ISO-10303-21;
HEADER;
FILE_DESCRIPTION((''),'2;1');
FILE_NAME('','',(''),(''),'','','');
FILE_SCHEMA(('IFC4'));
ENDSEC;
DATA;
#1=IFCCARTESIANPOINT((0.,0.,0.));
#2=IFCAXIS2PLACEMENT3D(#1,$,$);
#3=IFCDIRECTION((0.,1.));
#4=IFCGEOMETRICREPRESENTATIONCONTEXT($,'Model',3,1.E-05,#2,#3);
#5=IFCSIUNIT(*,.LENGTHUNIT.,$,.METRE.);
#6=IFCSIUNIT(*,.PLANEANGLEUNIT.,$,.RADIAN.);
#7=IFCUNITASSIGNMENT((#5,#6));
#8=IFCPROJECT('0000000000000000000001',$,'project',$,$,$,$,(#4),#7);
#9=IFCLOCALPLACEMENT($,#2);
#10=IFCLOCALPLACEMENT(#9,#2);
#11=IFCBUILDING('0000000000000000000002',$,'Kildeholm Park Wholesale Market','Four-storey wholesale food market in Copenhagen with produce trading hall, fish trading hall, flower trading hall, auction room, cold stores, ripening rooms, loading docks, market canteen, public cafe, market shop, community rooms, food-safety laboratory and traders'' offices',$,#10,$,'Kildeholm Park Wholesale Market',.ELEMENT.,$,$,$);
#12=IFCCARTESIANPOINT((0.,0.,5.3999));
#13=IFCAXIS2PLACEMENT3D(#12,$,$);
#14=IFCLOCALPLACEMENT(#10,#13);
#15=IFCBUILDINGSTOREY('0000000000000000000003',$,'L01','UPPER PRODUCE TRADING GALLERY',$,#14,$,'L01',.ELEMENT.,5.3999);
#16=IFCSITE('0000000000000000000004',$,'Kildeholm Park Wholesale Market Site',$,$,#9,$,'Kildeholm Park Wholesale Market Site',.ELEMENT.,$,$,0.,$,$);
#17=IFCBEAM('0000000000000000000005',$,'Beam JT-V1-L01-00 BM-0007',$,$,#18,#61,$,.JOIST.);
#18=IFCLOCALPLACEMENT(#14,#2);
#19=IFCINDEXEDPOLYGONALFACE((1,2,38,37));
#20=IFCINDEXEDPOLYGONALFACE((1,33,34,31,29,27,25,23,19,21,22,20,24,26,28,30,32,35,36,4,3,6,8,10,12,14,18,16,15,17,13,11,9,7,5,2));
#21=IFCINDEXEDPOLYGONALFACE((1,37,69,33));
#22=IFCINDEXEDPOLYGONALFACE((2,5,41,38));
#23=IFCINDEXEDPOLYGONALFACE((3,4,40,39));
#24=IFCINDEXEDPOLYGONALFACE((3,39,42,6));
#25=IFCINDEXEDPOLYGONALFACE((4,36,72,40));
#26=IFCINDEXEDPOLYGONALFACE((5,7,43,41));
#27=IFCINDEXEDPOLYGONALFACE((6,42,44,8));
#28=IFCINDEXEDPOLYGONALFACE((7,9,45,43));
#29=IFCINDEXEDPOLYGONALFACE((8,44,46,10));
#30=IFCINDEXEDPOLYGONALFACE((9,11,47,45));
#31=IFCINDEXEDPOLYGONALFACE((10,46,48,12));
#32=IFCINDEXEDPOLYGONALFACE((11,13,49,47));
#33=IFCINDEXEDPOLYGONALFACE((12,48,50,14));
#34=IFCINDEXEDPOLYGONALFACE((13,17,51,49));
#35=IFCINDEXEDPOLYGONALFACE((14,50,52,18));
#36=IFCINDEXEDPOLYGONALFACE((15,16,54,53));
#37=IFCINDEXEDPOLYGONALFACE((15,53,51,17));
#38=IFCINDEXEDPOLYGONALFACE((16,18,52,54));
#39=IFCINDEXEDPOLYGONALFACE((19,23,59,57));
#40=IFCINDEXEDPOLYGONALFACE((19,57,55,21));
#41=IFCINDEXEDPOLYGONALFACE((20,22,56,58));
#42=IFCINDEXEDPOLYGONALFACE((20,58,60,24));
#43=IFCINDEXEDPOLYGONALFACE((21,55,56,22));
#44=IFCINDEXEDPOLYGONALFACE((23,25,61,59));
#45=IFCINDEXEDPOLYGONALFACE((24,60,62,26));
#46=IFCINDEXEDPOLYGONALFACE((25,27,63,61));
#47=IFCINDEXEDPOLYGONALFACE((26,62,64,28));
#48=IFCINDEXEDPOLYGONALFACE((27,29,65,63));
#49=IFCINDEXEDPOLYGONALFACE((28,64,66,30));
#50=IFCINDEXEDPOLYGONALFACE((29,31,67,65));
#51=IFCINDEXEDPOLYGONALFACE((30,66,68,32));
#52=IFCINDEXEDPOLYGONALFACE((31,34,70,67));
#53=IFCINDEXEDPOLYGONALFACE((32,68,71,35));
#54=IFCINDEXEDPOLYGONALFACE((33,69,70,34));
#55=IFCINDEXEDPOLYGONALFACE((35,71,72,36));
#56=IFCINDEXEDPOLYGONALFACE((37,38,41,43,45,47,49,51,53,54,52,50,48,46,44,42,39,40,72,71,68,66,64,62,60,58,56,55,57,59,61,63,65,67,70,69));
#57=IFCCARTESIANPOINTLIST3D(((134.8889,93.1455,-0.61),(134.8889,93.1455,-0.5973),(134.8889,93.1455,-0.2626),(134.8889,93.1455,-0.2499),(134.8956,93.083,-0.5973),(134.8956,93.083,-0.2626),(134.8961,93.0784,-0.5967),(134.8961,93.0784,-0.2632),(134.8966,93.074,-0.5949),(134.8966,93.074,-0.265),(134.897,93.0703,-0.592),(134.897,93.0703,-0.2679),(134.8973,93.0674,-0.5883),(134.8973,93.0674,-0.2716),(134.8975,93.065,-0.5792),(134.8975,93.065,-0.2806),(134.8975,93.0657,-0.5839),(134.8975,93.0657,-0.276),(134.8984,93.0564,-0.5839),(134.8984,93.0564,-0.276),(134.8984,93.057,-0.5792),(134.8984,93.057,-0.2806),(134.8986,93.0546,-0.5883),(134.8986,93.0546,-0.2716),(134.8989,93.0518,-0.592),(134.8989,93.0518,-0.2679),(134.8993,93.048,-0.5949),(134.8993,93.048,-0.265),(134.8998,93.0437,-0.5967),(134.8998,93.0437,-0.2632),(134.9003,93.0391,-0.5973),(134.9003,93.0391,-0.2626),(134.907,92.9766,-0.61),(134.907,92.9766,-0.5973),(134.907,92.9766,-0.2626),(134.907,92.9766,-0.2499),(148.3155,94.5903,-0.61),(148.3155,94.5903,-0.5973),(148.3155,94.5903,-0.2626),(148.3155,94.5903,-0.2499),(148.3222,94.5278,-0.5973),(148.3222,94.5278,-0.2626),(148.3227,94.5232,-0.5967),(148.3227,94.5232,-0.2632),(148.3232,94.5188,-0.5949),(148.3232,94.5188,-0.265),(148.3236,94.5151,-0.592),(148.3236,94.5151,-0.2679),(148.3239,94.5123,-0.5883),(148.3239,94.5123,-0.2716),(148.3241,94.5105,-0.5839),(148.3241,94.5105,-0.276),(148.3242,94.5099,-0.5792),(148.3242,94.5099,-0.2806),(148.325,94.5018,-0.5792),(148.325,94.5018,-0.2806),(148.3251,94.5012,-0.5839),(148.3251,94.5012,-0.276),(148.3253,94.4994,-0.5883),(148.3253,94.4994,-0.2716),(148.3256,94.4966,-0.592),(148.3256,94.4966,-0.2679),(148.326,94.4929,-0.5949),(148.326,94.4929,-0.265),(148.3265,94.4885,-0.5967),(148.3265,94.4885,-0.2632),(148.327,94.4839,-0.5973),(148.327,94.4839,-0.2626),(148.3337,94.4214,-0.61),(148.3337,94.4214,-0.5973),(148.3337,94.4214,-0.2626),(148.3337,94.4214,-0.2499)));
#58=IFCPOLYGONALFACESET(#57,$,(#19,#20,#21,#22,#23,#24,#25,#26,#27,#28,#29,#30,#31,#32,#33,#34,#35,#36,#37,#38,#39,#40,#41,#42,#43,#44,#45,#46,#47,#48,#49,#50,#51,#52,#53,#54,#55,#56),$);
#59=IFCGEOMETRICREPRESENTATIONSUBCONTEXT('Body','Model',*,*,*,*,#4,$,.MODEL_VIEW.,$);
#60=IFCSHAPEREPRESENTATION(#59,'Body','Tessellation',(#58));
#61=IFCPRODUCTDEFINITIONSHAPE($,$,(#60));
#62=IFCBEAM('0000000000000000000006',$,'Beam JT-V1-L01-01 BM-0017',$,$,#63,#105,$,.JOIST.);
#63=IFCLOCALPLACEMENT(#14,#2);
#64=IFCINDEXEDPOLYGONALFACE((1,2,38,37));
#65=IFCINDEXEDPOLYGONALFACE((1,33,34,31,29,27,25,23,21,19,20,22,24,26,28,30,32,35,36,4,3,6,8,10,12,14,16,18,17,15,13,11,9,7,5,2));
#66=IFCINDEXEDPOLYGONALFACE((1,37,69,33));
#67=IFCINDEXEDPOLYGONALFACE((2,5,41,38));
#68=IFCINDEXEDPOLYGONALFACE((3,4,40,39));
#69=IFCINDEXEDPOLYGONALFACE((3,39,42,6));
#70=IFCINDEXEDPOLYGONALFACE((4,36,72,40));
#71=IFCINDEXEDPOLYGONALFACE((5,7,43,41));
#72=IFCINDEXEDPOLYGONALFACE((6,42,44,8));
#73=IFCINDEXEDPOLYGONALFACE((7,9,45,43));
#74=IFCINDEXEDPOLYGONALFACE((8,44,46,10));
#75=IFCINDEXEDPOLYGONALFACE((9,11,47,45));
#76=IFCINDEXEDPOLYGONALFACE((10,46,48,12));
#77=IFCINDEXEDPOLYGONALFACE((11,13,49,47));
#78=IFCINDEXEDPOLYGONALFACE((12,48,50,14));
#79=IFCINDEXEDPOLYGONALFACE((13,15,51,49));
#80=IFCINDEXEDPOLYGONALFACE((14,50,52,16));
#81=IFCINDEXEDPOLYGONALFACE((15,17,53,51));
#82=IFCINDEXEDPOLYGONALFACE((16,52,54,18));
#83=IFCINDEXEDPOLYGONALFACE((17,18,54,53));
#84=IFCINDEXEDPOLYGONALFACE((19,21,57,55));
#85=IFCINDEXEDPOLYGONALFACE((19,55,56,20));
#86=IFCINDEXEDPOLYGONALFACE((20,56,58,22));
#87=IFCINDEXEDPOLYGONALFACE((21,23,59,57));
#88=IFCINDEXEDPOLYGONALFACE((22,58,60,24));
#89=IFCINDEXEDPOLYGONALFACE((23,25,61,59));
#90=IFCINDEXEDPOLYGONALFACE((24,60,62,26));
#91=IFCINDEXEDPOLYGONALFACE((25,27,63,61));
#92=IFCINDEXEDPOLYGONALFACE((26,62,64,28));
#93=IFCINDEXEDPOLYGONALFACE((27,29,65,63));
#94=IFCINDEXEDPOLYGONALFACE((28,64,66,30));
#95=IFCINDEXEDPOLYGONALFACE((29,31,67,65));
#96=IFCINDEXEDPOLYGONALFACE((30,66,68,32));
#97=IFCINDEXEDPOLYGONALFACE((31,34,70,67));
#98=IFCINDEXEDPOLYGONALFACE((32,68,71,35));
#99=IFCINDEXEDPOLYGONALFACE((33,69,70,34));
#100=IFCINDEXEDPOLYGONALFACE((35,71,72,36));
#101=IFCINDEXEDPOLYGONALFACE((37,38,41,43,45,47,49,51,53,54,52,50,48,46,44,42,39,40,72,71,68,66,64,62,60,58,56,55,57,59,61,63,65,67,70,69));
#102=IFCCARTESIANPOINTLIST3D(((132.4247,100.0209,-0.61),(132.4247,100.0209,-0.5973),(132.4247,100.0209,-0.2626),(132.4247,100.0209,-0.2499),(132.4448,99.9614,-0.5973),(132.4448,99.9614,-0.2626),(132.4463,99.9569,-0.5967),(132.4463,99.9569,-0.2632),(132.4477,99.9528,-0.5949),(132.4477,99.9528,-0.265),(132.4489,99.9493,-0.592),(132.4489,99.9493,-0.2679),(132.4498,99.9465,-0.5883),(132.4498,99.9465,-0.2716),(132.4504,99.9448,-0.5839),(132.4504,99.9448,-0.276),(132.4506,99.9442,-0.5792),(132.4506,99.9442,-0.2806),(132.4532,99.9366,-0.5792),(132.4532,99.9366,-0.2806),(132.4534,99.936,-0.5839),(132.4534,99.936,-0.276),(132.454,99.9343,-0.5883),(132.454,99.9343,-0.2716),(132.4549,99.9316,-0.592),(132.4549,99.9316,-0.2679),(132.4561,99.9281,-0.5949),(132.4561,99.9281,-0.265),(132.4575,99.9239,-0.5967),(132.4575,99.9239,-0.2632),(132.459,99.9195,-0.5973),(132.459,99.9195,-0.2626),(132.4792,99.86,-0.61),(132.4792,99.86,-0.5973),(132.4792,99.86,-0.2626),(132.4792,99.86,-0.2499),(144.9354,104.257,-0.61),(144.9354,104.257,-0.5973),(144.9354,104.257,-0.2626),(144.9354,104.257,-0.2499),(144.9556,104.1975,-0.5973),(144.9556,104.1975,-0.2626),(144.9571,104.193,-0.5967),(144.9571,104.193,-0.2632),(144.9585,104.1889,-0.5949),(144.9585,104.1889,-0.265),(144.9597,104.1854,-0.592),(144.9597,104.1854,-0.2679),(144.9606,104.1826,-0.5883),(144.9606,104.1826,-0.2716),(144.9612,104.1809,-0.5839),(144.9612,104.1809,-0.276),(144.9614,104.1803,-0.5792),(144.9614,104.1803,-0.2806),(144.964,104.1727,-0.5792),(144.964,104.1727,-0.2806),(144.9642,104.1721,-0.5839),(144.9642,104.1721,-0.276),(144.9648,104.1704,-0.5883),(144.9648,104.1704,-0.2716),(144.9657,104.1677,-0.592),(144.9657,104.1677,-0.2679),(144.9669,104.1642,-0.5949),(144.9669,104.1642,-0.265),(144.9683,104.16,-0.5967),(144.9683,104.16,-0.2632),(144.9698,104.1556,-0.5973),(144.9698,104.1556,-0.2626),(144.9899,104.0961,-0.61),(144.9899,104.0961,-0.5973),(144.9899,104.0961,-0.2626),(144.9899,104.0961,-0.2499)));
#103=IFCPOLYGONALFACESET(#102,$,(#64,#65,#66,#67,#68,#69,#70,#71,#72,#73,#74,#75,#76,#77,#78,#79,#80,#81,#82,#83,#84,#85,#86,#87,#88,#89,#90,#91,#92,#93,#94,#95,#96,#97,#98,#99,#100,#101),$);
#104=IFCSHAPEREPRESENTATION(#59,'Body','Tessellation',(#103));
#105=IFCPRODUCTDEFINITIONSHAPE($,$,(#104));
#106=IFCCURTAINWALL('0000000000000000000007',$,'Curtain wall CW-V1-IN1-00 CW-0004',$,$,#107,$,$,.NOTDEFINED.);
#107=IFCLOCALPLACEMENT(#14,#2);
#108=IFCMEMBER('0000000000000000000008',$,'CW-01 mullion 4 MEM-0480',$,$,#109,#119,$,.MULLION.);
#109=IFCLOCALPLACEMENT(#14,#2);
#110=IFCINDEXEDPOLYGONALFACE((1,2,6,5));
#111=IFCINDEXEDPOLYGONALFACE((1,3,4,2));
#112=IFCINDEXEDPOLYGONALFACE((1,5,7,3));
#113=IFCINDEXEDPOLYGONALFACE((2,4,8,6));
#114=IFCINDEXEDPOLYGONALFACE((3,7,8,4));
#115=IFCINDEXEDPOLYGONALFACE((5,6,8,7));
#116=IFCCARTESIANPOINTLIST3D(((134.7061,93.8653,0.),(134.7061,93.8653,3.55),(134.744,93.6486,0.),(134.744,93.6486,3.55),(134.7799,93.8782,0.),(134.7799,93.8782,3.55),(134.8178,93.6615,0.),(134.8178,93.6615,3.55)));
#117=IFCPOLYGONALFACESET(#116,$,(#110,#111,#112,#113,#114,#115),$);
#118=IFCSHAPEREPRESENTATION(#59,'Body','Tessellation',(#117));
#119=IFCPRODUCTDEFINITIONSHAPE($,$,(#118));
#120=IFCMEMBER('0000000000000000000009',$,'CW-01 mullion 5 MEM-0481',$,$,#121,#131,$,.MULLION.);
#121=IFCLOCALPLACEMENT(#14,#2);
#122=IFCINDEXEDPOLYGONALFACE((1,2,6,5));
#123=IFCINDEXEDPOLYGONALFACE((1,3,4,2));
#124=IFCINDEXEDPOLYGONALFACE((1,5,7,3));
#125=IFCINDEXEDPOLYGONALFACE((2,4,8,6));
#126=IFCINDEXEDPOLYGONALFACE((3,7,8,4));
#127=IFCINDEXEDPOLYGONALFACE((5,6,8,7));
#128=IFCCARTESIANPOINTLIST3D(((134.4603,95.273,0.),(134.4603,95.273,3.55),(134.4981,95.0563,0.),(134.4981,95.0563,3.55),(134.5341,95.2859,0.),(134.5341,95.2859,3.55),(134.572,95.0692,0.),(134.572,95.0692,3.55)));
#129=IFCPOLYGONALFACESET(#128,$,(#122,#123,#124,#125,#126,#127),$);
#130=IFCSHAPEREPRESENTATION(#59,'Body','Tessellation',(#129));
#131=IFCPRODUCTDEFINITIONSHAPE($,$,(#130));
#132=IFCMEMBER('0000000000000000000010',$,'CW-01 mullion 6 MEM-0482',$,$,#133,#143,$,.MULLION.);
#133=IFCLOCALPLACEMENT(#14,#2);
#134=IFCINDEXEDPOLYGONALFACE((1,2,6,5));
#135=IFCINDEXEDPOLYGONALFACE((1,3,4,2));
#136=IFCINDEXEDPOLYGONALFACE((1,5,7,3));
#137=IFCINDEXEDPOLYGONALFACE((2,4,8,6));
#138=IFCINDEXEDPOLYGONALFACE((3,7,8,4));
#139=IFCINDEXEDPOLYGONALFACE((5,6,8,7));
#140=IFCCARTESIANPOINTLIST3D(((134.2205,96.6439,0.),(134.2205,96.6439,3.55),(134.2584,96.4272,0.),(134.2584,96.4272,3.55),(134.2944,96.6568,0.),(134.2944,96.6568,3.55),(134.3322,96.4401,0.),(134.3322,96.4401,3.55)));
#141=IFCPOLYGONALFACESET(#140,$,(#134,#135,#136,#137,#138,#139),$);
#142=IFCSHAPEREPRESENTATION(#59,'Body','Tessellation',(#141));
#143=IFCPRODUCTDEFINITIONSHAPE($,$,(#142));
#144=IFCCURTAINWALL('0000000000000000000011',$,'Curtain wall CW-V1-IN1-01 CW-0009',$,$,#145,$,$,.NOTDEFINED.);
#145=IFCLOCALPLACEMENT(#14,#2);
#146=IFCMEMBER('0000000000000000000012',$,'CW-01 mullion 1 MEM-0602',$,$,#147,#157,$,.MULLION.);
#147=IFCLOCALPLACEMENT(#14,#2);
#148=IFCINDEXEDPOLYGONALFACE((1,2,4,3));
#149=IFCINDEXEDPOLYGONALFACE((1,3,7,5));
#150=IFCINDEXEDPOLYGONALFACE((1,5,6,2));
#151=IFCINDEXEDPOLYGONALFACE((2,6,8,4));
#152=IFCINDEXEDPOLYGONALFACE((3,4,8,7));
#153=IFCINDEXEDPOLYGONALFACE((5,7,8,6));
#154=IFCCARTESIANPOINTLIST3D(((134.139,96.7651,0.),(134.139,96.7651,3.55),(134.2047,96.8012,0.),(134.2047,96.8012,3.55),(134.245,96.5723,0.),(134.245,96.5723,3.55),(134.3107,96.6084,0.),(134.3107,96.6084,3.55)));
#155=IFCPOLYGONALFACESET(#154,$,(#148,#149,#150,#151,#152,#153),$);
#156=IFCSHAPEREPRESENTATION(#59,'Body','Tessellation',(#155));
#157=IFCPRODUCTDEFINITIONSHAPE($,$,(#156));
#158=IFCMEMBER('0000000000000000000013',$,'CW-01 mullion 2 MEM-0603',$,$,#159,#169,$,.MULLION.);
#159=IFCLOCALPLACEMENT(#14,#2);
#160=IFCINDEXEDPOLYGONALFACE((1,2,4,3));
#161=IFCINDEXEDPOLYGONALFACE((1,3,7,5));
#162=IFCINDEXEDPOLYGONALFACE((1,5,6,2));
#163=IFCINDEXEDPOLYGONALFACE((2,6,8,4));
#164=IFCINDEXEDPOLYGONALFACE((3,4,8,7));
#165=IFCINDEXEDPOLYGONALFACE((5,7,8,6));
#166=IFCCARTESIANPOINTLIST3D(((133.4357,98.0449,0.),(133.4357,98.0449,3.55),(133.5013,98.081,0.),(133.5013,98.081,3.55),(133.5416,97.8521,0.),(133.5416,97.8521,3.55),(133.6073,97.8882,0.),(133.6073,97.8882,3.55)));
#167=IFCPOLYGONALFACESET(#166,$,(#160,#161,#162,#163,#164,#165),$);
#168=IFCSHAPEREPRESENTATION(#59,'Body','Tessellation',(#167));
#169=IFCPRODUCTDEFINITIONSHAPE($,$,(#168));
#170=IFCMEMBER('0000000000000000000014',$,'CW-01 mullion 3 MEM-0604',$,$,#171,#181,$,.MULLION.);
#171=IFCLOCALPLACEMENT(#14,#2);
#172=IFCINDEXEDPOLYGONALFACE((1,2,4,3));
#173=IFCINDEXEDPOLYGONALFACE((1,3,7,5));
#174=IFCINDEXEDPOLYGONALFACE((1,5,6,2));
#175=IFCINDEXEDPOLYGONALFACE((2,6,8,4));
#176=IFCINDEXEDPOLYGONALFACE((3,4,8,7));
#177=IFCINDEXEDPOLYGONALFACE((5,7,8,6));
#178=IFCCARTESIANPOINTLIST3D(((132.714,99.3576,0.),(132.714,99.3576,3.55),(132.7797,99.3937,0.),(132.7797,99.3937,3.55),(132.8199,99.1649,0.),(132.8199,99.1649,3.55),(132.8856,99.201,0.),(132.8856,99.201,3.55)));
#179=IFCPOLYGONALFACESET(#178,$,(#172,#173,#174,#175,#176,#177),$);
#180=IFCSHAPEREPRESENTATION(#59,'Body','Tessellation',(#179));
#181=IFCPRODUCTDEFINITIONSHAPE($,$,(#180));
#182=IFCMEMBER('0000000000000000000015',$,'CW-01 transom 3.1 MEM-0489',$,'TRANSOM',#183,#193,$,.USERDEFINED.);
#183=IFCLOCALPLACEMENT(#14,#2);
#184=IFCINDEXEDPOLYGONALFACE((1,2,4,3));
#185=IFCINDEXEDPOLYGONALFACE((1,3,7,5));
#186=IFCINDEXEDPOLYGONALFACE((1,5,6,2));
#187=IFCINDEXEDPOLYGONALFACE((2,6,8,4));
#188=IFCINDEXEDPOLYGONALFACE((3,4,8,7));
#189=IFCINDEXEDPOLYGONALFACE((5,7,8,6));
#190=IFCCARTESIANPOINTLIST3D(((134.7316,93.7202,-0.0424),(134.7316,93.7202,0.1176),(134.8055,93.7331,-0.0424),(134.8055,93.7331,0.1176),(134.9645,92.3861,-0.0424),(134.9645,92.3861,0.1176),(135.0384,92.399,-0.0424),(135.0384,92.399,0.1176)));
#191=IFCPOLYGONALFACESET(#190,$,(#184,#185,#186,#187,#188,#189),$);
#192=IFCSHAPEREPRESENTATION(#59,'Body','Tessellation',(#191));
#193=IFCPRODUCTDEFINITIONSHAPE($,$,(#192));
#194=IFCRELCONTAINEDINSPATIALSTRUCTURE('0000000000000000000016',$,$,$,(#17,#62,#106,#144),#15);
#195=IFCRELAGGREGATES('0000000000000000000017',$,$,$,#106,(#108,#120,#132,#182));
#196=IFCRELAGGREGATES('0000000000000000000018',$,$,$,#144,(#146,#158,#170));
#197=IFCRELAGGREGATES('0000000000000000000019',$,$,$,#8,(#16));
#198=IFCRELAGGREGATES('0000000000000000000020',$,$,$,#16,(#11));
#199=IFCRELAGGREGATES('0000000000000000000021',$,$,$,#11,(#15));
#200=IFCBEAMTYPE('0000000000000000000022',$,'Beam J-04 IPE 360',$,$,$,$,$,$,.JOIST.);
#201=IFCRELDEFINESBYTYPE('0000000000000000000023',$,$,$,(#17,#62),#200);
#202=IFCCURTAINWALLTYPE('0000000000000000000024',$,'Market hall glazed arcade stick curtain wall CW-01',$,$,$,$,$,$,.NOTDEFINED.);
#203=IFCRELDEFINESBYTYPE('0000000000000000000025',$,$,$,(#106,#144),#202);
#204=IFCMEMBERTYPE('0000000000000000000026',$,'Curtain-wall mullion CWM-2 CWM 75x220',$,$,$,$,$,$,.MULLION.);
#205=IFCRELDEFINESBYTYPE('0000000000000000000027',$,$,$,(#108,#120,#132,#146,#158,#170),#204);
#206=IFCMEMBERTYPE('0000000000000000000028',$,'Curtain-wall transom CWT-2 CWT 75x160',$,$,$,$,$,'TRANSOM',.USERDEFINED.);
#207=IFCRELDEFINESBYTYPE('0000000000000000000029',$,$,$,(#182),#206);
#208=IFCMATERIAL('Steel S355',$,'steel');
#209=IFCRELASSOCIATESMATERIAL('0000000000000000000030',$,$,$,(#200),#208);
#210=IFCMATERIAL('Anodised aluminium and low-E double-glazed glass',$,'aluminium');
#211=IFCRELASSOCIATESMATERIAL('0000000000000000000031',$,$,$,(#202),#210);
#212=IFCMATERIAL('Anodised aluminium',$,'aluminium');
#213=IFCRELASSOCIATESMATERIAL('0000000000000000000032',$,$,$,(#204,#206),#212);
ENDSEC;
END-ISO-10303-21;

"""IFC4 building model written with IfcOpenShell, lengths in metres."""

from ifc_helpers import new_model, si_unit, direction, frame, origin, origin_2d, place, context, subcontext, project, spatial, rectangle, i_section, extrude, material, material_profile, profile_set, type_object, element, aggregate, save


model = new_model("IFC4")

# Units and contexts
model_context = context("Model", 3, precision=1e-05, world=origin(), true_north=direction((0.0, 1.0)))
body_context = subcontext(model_context, "Body", "Model", "MODEL_VIEW")
ifc_project = project(units=[si_unit("LENGTHUNIT", "METRE"), si_unit("PLANEANGLEUNIT", "RADIAN")], contexts=[model_context])

# Site, building, storey
site_placement = place(None, origin())
site = spatial("IfcSite", under=ifc_project, at=site_placement, Name="Kildeholm Park Wholesale Market Site", LongName="Kildeholm Park Wholesale Market Site", CompositionType="ELEMENT", RefElevation=0.0)
building_placement = place(site_placement, origin())
building = spatial("IfcBuilding", under=site, at=building_placement, Name="Kildeholm Park Wholesale Market", Description="Four-storey wholesale food market in Copenhagen with produce trading hall, fish trading hall, flower trading hall, auction room, cold stores, ripening rooms, loading docks, market canteen, public cafe, market shop, community rooms, food-safety laboratory and traders' offices", LongName="Kildeholm Park Wholesale Market", CompositionType="ELEMENT")
storey_placement = place(building_placement, frame((0.0, 0.0, 5.3999)))
storey = spatial("IfcBuildingStorey", under=building, at=storey_placement, Name="L01", Description="UPPER PRODUCE TRADING GALLERY", LongName="L01", CompositionType="ELEMENT", Elevation=5.3999)

# Shared definitions
ifc_material_1 = material(Name="Steel S355", Category="steel")

# Beams
ifc_material_profile_1 = material_profile(ifc_material_1, i_section(OverallWidth=0.1699, OverallDepth=0.3601, WebThickness=0.0081, FlangeThickness=0.0127, FilletRadius=0.0181, at=origin_2d()), Name="IPE 360")
ifc_profile_set_1 = profile_set([ifc_material_profile_1], Name="Steel S355")
beam_type_1 = type_object("IfcBeamType", Name="Beam J-04 IPE 360", PredefinedType="JOIST", material=ifc_profile_set_1)
beam_1_placement = place(storey_placement, frame((134.8979, 93.061, -0.4299), z_axis=(0.99426, 0.10699, 0.0), x_axis=(-0.10699, 0.99426, 0.0)))
element("IfcBeam", 1, at=beam_1_placement, inside=storey, type_object=beam_type_1, Name="Beam JT-V1-L01-00 BM-0007", PredefinedType="JOIST", context=body_context, shape_type="SweptSolid", body=[
    extrude(i_section(OverallWidth=0.1699, OverallDepth=0.3601, WebThickness=0.0081, FlangeThickness=0.0127, FilletRadius=0.0181, at=origin_2d()), origin(), (0.0, 0.0, 1.0), 13.5042),
])
beam_2_placement = place(storey_placement, frame((132.4519, 99.9404, -0.4299), z_axis=(0.947177, 0.32071, 0.0), x_axis=(-0.32071, 0.947177, 0.0)))
element("IfcBeam", 2, at=beam_2_placement, inside=storey, type_object=beam_type_1, Name="Beam JT-V1-L01-01 BM-0017", PredefinedType="JOIST", context=body_context, shape_type="SweptSolid", body=[
    extrude(i_section(OverallWidth=0.1699, OverallDepth=0.3601, WebThickness=0.0081, FlangeThickness=0.0127, FilletRadius=0.0181, at=origin_2d()), origin(), (0.0, 0.0, 1.0), 13.2085),
])

# Curtain walls, members
ifc_material_2 = material(Name="Anodised aluminium and low-E double-glazed glass", Category="aluminium")
curtain_wall_type = type_object("IfcCurtainWallType", Name="Market hall glazed arcade stick curtain wall CW-01", PredefinedType="NOTDEFINED", material=ifc_material_2)
curtain_wall_1_placement = place(storey_placement, origin())
curtain_wall_1 = element("IfcCurtainWall", 3, at=curtain_wall_1_placement, inside=storey, type_object=curtain_wall_type, Name="Curtain wall CW-V1-IN1-00 CW-0004", PredefinedType="NOTDEFINED")
ifc_material_3 = material(Name="Anodised aluminium", Category="aluminium")
ifc_material_profile_2 = material_profile(ifc_material_3, rectangle(XDim=0.075, YDim=0.22, at=origin_2d()), Name="CWM 75x220")
ifc_profile_set_2 = profile_set([ifc_material_profile_2], Name="Anodised aluminium")
member_type_1 = type_object("IfcMemberType", Name="Curtain-wall mullion CWM-2 CWM 75x220", PredefinedType="MULLION", material=ifc_profile_set_2)
member_1_placement = place(storey_placement, frame((134.762, 93.7634, 0.0), z_axis=(0.0, 0.0, 1.0), x_axis=(-0.985074, -0.172133, 0.0)))
member_1 = element("IfcMember", 4, at=member_1_placement, type_object=member_type_1, Name="CW-01 mullion 4 MEM-0480", PredefinedType="MULLION", context=body_context, shape_type="SweptSolid", body=[
    extrude(rectangle(XDim=0.075, YDim=0.22, at=origin_2d()), origin(), (0.0, 0.0, 1.0), 3.55),
])
member_2_placement = place(storey_placement, frame((134.5161, 95.1711, 0.0), z_axis=(0.0, 0.0, 1.0), x_axis=(-0.985074, -0.172133, 0.0)))
member_2 = element("IfcMember", 5, at=member_2_placement, type_object=member_type_1, Name="CW-01 mullion 5 MEM-0481", PredefinedType="MULLION", context=body_context, shape_type="SweptSolid", body=[
    extrude(rectangle(XDim=0.075, YDim=0.22, at=origin_2d()), origin(), (0.0, 0.0, 1.0), 3.55),
])
member_3_placement = place(storey_placement, frame((134.2764, 96.542, 0.0), z_axis=(0.0, 0.0, 1.0), x_axis=(-0.985074, -0.172133, 0.0)))
member_3 = element("IfcMember", 6, at=member_3_placement, type_object=member_type_1, Name="CW-01 mullion 6 MEM-0482", PredefinedType="MULLION", context=body_context, shape_type="SweptSolid", body=[
    extrude(rectangle(XDim=0.075, YDim=0.22, at=origin_2d()), origin(), (0.0, 0.0, 1.0), 3.55),
])
curtain_wall_2_placement = place(storey_placement, origin())
curtain_wall_2 = element("IfcCurtainWall", 7, at=curtain_wall_2_placement, inside=storey, type_object=curtain_wall_type, Name="Curtain wall CW-V1-IN1-01 CW-0009", PredefinedType="NOTDEFINED")
member_4_placement = place(storey_placement, frame((134.2249, 96.6868, 0.0), z_axis=(0.0, 0.0, 1.0), x_axis=(-0.876309, -0.48175, 0.0)))
member_4 = element("IfcMember", 8, at=member_4_placement, type_object=member_type_1, Name="CW-01 mullion 1 MEM-0602", PredefinedType="MULLION", context=body_context, shape_type="SweptSolid", body=[
    extrude(rectangle(XDim=0.075, YDim=0.22, at=origin_2d()), origin(), (0.0, 0.0, 1.0), 3.55),
])
member_5_placement = place(storey_placement, frame((133.5215, 97.9666, 0.0), z_axis=(0.0, 0.0, 1.0), x_axis=(-0.876309, -0.48175, 0.0)))
member_5 = element("IfcMember", 9, at=member_5_placement, type_object=member_type_1, Name="CW-01 mullion 2 MEM-0603", PredefinedType="MULLION", context=body_context, shape_type="SweptSolid", body=[
    extrude(rectangle(XDim=0.075, YDim=0.22, at=origin_2d()), origin(), (0.0, 0.0, 1.0), 3.55),
])
member_6_placement = place(storey_placement, frame((132.7998, 99.2793, 0.0), z_axis=(0.0, 0.0, 1.0), x_axis=(-0.876309, -0.48175, 0.0)))
member_6 = element("IfcMember", 10, at=member_6_placement, type_object=member_type_1, Name="CW-01 mullion 3 MEM-0604", PredefinedType="MULLION", context=body_context, shape_type="SweptSolid", body=[
    extrude(rectangle(XDim=0.075, YDim=0.22, at=origin_2d()), origin(), (0.0, 0.0, 1.0), 3.55),
])

# Member
ifc_material_profile_3 = material_profile(ifc_material_3, rectangle(XDim=0.075, YDim=0.1599, at=origin_2d()), Name="CWT 75x160")
ifc_profile_set_3 = profile_set([ifc_material_profile_3], Name="Anodised aluminium")
member_type_2 = type_object("IfcMemberType", Name="Curtain-wall transom CWT-2 CWT 75x160", ElementType="TRANSOM", PredefinedType="USERDEFINED", material=ifc_profile_set_3)
member_7_placement = place(storey_placement, frame((135.0015, 92.3926, 0.0376), z_axis=(-0.171995, 0.985098, 0.0), x_axis=(-0.985098, -0.171995, 0.0)))
member_7 = element("IfcMember", 11, at=member_7_placement, type_object=member_type_2, Name="CW-01 transom 3.1 MEM-0489", ObjectType="TRANSOM", PredefinedType="USERDEFINED", context=body_context, shape_type="SweptSolid", body=[
    extrude(rectangle(XDim=0.075, YDim=0.1599, at=origin_2d()), origin(), (0.0, 0.0, 1.0), 1.3542),
])

aggregate(curtain_wall_1, [member_1, member_2, member_3, member_7])
aggregate(curtain_wall_2, [member_4, member_5, member_6])

save(model, "model.ifc")
